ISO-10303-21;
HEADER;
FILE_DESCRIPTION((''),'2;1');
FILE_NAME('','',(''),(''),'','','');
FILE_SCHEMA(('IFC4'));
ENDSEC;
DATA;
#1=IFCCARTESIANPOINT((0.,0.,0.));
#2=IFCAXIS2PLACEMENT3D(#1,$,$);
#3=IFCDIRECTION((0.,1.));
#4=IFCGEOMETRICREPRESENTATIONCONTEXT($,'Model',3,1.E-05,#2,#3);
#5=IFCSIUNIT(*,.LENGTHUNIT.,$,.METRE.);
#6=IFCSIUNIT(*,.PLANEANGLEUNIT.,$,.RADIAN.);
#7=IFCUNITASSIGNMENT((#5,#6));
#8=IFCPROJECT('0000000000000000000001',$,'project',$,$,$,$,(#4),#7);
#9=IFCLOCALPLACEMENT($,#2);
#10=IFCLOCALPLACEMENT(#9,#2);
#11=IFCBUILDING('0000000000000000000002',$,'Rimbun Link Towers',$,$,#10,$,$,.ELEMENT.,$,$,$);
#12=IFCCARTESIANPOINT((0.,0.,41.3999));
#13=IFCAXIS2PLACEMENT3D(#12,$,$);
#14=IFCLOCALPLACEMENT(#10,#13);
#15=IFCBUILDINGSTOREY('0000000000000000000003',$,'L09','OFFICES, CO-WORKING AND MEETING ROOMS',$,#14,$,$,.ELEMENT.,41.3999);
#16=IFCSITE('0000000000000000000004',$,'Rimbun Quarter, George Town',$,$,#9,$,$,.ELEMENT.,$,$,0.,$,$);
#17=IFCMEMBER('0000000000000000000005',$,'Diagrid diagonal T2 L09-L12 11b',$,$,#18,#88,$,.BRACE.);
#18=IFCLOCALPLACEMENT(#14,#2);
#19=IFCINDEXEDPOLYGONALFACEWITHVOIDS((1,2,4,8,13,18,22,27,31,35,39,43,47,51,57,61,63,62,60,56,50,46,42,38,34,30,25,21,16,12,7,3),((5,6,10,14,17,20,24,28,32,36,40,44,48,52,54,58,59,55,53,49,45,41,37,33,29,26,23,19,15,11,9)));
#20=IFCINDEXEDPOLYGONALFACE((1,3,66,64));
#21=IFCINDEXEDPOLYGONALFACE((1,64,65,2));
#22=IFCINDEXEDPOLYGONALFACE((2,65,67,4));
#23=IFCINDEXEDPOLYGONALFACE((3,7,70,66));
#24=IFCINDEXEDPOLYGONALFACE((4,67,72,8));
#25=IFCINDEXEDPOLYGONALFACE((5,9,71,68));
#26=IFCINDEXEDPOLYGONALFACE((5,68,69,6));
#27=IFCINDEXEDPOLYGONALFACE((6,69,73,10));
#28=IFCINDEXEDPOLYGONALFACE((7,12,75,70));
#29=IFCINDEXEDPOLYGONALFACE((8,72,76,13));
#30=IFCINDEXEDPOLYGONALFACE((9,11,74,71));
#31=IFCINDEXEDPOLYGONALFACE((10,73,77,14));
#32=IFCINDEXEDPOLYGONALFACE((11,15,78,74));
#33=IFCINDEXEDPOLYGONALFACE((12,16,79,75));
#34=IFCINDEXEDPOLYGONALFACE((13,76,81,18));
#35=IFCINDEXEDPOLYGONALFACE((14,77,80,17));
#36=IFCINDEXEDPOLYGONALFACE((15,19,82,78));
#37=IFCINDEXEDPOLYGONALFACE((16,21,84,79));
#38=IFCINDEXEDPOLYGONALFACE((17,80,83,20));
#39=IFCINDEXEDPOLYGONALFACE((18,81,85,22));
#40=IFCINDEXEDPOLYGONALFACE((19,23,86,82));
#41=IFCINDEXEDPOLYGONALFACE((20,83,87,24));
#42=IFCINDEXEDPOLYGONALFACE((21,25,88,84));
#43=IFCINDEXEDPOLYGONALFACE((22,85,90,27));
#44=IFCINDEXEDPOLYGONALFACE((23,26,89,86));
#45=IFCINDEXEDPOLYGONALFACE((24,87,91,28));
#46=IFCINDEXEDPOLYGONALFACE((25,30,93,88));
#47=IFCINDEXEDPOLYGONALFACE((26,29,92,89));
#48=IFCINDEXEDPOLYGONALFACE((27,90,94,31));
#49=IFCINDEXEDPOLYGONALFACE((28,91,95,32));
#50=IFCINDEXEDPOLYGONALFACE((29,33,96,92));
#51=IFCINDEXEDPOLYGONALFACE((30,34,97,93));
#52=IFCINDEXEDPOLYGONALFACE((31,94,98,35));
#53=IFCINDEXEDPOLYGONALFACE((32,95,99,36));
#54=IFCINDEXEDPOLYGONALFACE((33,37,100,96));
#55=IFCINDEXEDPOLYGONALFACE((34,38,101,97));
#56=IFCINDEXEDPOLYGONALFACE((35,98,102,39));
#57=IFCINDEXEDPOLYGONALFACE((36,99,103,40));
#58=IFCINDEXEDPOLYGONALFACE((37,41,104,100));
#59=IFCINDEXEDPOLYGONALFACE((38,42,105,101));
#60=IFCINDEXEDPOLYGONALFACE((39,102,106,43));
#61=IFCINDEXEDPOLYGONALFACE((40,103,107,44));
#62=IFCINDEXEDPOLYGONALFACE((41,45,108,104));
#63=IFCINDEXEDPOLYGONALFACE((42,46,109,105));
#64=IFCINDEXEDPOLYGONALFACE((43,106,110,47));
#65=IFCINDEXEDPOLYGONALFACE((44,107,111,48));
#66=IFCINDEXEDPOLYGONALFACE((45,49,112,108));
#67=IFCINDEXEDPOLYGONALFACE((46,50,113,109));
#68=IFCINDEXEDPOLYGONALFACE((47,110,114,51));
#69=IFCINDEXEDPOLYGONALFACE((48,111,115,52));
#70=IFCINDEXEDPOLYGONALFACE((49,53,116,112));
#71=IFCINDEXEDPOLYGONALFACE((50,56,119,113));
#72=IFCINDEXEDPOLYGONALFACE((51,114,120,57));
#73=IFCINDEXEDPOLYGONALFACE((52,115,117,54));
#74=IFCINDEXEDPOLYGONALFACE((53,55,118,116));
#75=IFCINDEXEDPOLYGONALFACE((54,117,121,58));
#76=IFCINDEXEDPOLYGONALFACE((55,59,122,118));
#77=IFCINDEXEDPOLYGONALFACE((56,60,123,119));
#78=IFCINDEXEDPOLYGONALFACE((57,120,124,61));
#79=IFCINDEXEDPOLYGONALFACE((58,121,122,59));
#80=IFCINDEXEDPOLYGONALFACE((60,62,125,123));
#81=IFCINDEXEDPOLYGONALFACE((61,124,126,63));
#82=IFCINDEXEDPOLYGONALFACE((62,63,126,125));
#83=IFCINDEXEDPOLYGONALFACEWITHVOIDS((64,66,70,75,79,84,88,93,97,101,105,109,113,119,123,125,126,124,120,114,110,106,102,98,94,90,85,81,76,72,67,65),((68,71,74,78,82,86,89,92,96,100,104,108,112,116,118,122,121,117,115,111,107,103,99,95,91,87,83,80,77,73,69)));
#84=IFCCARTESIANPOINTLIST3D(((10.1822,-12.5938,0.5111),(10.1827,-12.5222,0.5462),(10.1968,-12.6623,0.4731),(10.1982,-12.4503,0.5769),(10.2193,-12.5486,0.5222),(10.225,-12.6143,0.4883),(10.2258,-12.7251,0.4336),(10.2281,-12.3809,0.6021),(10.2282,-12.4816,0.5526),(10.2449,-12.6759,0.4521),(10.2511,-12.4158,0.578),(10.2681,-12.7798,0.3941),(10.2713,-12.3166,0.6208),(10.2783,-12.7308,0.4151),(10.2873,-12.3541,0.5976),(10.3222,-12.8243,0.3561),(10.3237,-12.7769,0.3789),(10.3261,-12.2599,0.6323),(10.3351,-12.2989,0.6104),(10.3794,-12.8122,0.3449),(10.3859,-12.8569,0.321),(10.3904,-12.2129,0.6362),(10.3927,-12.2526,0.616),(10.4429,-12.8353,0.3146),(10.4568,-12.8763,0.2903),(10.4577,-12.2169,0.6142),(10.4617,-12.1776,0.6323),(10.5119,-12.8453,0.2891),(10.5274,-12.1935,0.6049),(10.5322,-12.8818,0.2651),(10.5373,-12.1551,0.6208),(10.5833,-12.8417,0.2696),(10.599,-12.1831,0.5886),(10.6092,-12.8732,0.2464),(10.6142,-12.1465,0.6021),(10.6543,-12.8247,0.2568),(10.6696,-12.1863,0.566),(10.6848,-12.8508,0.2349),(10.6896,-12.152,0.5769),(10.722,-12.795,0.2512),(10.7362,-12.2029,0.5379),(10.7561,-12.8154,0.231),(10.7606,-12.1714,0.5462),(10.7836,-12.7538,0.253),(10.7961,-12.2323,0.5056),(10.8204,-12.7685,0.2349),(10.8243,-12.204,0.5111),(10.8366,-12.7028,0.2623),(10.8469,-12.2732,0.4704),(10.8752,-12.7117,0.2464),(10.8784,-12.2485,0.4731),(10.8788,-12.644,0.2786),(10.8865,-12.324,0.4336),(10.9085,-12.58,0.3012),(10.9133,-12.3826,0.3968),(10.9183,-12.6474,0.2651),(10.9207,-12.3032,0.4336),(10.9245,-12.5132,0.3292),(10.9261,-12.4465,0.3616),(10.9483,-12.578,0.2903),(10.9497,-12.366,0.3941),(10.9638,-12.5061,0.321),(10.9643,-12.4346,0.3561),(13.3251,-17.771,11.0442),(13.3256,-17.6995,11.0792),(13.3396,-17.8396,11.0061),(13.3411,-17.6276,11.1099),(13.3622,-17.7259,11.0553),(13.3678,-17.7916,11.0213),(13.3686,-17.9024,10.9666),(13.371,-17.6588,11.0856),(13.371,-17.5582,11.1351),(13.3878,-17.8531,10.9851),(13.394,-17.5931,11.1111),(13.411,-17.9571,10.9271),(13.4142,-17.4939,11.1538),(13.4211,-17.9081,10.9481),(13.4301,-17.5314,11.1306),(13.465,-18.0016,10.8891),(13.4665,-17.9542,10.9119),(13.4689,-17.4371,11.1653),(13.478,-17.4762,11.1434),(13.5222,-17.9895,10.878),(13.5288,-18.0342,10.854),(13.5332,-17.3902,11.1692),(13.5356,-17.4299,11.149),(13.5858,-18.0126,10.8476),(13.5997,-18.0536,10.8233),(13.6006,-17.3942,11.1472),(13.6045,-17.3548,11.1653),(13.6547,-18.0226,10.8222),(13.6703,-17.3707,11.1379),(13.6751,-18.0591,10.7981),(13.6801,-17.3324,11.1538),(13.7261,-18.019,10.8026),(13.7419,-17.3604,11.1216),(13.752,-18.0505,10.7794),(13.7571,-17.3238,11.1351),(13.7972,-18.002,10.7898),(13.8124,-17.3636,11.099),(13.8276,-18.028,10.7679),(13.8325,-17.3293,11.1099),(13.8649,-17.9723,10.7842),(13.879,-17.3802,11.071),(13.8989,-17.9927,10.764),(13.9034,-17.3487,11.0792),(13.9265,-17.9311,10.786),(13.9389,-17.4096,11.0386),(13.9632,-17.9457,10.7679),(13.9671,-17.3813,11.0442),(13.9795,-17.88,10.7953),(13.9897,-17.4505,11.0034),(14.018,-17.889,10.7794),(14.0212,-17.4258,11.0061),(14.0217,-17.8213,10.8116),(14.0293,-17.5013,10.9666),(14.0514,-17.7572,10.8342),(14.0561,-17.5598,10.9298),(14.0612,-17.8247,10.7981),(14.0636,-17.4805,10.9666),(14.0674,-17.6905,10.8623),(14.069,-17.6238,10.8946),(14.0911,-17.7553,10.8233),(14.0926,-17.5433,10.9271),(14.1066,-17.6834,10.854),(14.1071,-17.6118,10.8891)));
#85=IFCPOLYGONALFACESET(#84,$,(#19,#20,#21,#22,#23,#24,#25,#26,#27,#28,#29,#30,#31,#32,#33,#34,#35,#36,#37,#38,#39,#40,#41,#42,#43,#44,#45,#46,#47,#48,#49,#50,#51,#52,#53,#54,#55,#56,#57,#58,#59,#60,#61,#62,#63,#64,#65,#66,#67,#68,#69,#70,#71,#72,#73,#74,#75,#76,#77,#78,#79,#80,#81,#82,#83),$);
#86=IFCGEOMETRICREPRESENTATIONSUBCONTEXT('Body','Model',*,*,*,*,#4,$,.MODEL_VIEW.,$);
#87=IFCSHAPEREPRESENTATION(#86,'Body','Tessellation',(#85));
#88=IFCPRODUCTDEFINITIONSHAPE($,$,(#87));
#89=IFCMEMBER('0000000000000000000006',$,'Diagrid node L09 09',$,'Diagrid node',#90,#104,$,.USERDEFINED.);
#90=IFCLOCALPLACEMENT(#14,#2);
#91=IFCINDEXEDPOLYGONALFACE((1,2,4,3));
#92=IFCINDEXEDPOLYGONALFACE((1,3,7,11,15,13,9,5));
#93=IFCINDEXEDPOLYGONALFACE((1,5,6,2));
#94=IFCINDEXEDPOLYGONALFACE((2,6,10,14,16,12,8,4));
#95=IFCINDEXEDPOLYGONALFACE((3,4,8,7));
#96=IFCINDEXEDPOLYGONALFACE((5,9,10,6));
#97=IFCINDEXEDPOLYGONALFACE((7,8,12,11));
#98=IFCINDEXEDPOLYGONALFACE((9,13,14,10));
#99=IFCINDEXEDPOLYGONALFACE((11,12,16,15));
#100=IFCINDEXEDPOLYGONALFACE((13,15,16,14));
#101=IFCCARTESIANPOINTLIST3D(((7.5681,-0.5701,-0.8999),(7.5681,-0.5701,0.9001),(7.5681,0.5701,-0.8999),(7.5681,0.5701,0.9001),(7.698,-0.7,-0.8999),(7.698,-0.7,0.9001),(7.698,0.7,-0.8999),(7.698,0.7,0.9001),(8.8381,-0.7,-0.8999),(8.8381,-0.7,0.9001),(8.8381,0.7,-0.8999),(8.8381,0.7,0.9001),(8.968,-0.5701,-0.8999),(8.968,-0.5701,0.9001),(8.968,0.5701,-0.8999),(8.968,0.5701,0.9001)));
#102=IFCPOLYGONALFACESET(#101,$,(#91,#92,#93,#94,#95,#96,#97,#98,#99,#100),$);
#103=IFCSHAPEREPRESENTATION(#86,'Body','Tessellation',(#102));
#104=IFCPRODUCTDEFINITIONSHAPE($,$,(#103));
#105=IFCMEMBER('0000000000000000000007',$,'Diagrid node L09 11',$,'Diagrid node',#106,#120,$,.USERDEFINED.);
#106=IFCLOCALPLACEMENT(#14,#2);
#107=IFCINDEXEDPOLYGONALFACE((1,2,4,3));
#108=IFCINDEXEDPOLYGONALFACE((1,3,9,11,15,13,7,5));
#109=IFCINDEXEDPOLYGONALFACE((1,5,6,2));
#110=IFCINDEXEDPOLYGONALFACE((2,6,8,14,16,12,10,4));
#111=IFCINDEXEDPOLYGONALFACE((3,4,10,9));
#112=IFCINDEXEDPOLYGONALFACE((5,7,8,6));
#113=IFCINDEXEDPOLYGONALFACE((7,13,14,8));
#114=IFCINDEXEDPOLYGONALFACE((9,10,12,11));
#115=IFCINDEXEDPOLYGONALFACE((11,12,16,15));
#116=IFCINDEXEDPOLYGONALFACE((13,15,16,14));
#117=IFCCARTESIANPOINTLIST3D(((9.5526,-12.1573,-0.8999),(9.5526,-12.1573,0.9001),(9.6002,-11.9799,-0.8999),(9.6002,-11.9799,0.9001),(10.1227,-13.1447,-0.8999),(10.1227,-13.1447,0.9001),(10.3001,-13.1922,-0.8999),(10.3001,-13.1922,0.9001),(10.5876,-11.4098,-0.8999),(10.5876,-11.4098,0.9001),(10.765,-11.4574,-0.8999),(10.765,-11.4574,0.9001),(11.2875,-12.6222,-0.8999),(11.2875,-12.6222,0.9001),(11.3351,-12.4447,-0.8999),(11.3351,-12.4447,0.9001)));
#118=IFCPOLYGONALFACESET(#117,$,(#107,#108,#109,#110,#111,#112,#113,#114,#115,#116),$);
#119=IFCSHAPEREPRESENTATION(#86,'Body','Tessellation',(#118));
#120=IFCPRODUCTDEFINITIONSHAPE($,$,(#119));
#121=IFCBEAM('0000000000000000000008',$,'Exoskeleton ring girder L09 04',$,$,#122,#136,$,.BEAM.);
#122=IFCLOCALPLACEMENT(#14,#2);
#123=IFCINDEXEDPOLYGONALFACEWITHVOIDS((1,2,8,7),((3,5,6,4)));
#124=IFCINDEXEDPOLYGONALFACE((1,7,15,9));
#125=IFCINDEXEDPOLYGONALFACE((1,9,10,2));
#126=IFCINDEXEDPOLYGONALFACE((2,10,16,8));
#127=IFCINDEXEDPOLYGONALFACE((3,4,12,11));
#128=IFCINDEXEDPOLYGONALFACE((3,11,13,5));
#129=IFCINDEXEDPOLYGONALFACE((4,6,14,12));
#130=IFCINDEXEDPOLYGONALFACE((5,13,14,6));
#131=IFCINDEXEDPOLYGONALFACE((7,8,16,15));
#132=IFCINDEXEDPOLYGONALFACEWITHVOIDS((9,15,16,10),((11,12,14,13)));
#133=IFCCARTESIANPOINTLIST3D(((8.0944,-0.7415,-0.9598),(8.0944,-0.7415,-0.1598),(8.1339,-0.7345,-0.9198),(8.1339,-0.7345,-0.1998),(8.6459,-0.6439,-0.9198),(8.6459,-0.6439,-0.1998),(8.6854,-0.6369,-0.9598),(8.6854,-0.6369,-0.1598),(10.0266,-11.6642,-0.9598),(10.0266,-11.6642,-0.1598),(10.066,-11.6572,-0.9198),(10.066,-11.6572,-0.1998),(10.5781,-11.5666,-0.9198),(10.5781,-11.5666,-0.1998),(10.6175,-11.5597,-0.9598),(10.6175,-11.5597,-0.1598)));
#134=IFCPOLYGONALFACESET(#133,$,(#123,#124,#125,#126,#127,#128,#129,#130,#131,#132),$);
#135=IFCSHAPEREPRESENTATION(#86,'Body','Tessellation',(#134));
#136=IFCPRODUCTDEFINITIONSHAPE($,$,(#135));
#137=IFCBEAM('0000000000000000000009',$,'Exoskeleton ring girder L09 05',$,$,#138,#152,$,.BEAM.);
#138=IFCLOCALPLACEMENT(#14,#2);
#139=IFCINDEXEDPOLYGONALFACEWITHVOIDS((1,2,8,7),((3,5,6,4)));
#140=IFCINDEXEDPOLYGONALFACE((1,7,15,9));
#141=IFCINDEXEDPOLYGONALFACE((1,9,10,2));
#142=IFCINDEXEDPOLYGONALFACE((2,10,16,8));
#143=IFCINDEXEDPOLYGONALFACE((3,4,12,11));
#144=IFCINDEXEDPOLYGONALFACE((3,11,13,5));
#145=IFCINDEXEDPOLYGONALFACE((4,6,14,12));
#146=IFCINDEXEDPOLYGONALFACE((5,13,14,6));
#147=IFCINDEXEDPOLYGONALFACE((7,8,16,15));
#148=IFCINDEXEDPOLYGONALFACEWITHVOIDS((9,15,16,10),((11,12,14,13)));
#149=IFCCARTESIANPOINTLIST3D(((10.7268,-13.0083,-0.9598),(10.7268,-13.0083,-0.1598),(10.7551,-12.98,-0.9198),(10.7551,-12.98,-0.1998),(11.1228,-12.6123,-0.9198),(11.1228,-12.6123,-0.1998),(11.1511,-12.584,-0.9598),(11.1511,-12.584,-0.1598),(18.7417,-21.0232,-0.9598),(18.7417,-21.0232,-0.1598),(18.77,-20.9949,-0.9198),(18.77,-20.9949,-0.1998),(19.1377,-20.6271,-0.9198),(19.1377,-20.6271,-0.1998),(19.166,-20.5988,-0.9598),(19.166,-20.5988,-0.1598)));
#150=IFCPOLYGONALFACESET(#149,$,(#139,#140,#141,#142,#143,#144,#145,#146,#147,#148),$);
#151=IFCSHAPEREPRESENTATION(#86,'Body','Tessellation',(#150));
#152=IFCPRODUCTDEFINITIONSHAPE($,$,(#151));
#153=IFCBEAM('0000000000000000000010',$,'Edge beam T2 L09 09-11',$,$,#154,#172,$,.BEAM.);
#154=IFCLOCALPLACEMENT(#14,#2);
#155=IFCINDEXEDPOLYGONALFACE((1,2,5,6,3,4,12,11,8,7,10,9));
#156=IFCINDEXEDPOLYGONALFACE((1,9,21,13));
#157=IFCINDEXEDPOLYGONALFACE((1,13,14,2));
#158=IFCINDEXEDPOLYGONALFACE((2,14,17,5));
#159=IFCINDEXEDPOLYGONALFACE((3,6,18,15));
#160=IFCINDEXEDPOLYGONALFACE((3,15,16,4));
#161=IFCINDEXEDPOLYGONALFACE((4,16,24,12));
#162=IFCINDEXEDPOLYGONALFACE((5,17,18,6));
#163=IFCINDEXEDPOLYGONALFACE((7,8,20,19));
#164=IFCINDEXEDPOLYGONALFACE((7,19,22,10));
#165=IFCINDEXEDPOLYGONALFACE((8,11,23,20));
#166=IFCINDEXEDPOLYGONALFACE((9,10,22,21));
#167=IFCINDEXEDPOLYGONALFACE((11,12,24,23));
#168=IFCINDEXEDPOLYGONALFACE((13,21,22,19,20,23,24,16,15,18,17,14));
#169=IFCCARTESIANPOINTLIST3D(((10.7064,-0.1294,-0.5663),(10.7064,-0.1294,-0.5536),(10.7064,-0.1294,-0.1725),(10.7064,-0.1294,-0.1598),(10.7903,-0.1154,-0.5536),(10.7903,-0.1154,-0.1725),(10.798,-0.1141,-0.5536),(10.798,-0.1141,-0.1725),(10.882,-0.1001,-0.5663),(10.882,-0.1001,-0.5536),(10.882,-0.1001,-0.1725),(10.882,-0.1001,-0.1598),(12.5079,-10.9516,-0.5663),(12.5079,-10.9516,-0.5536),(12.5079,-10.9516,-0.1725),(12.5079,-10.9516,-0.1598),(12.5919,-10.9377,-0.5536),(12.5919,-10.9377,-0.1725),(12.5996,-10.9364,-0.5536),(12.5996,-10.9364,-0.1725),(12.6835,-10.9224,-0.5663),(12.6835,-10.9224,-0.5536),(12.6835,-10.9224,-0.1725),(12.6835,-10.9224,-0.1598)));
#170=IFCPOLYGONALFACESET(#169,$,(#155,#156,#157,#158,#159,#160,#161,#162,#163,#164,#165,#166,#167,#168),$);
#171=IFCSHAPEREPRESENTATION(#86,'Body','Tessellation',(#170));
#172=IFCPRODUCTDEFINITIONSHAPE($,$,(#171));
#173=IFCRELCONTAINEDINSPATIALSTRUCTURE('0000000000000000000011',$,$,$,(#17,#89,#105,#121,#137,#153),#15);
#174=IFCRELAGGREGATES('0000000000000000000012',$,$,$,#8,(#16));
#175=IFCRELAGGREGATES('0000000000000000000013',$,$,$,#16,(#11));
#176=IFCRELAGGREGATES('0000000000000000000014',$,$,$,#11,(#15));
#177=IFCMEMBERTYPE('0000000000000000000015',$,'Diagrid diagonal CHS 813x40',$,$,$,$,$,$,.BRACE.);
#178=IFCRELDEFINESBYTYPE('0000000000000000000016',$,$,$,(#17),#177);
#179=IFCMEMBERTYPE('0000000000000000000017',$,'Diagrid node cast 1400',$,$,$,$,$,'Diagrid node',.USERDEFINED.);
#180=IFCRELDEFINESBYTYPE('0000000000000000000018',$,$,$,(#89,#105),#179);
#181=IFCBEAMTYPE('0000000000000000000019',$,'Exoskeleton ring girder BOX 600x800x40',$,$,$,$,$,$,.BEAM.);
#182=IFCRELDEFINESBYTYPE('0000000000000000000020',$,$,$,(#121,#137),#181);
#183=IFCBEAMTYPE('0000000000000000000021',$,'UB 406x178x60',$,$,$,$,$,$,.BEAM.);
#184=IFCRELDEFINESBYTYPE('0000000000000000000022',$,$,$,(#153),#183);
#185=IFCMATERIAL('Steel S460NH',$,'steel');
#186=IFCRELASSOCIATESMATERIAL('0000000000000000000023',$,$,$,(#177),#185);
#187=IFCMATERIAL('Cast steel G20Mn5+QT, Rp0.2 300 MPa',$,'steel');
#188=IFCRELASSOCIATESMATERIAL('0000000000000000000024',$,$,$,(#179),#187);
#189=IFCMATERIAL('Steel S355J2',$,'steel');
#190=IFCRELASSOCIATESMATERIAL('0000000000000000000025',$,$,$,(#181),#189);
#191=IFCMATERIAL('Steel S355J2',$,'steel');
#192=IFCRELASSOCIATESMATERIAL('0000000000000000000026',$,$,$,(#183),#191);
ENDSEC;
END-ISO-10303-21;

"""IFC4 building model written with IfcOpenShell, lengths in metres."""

from ifc_helpers import new_model, si_unit, direction, frame, origin, origin_2d, place, context, subcontext, project, spatial, polyline, hollow_rectangle, hollow_circle, i_section, outline, extrude, material, material_profile, profile_set, type_object, element, save


model = new_model("IFC4")

# Units and contexts
model_context = context("Model", 3, precision=1e-05, world=origin(), true_north=direction((0.0, 1.0)))
body_context = subcontext(model_context, "Body", "Model", "MODEL_VIEW")
ifc_project = project(units=[si_unit("LENGTHUNIT", "METRE"), si_unit("PLANEANGLEUNIT", "RADIAN")], contexts=[model_context])

# Site, building, storey
site_placement = place(None, origin())
site = spatial("IfcSite", under=ifc_project, at=site_placement, Name="Rimbun Quarter, George Town", CompositionType="ELEMENT", RefElevation=0.0)
building_placement = place(site_placement, origin())
building = spatial("IfcBuilding", under=site, at=building_placement, Name="Rimbun Link Towers", CompositionType="ELEMENT")
storey_placement = place(building_placement, frame((0.0, 0.0, 41.3999)))
storey = spatial("IfcBuildingStorey", under=building, at=storey_placement, Name="L09", Description="OFFICES, CO-WORKING AND MEETING ROOMS", CompositionType="ELEMENT", Elevation=41.3999)

# Members
ifc_material_1 = material(Name="Steel S460NH", Category="steel")
ifc_material_profile_1 = material_profile(ifc_material_1, hollow_circle(Radius=0.4065, WallThickness=0.04, at=origin_2d()), Name="Diagrid diagonal CHS 813x40")
ifc_profile_set_1 = profile_set([ifc_material_profile_1], Name="Steel S460NH")
member_type_1 = type_object("IfcMemberType", Name="Diagrid diagonal CHS 813x40", PredefinedType="BRACE", material=ifc_profile_set_1)
member_1_placement = place(storey_placement, frame((10.5732, -12.5142, 0.4336), z_axis=(0.258667, -0.426108, 0.866905), x_axis=(0.854825, 0.518917, 0.0)))
element("IfcMember", 1, at=member_1_placement, inside=storey, type_object=member_type_1, Name="Diagrid diagonal T2 L09-L12 11b", PredefinedType="BRACE", context=body_context, shape_type="SweptSolid", body=[
    extrude(hollow_circle(Radius=0.4065, WallThickness=0.04, at=origin_2d()), origin(), (0.0, 0.0, 1.0), 12.1501),
])
ifc_material_2 = material(Name="Cast steel G20Mn5+QT, Rp0.2 300 MPa", Category="steel")
ifc_material_profile_2 = material_profile(ifc_material_2, outline(polyline([(0.7, -0.5701), (0.7, 0.5701), (0.5701, 0.7), (-0.5701, 0.7), (-0.7, 0.5701), (-0.7, -0.5701), (-0.5701, -0.7), (0.5701, -0.7), (0.7, -0.5701)])), Name="NODE 1400x1400")
ifc_profile_set_2 = profile_set([ifc_material_profile_2], Name="Cast steel G20Mn5+QT, Rp0.2 300 MPa")
member_type_2 = type_object("IfcMemberType", Name="Diagrid node cast 1400", ElementType="Diagrid node", PredefinedType="USERDEFINED", material=ifc_profile_set_2)
for number, where, z_axis, x_axis, name in (
    (2, (8.2681, 0.0, -0.8999), (0.0, 0.0, 1.0), (-1.0, 0.0, 0.0), "Diagrid node L09 09"),
    (3, (10.4438, -12.301, -0.8999), (0.0, 0.0, 1.0), (-0.866025, -0.5, 0.0), "Diagrid node L09 11"),
):
    element("IfcMember", number, at=place(storey_placement, frame(where, z_axis=z_axis, x_axis=x_axis)), inside=storey, type_object=member_type_2, Name=name, ObjectType="Diagrid node", PredefinedType="USERDEFINED", context=body_context, shape_type="SweptSolid", body=[
        extrude(outline(polyline([(0.7, -0.5701), (0.7, 0.5701), (0.5701, 0.7), (-0.5701, 0.7), (-0.7, 0.5701), (-0.7, -0.5701), (-0.5701, -0.7), (0.5701, -0.7), (0.7, -0.5701)])), origin(), (0.0, 0.0, 1.0), 1.8),
    ])

# Beams
ifc_material_3 = material(Name="Steel S355J2", Category="steel")
ifc_material_profile_3 = material_profile(ifc_material_3, hollow_rectangle(XDim=0.6001, YDim=0.8, WallThickness=0.04, at=origin_2d()), Name="Exoskeleton ring girder BOX 600x800x40")
ifc_profile_set_3 = profile_set([ifc_material_profile_3], Name="Steel S355J2")
beam_type_1 = type_object("IfcBeamType", Name="Exoskeleton ring girder BOX 600x800x40", PredefinedType="BEAM", material=ifc_profile_set_3)
beam_1_placement = place(storey_placement, frame((8.3899, -0.6892, -0.5598), z_axis=(0.174188, -0.984712, 0.0), x_axis=(0.984712, 0.174188, 0.0)))
element("IfcBeam", 4, at=beam_1_placement, inside=storey, type_object=beam_type_1, Name="Exoskeleton ring girder L09 04", PredefinedType="BEAM", context=body_context, shape_type="SweptSolid", body=[
    extrude(hollow_rectangle(XDim=0.6001, YDim=0.8, WallThickness=0.04, at=origin_2d()), origin(), (0.0, 0.0, 1.0), 11.0923),
])
beam_2_placement = place(storey_placement, frame((10.939, -12.7961, -0.5598), z_axis=(0.707107, -0.707107, 0.0), x_axis=(0.707107, 0.707107, 0.0)))
element("IfcBeam", 5, at=beam_2_placement, inside=storey, type_object=beam_type_1, Name="Exoskeleton ring girder L09 05", PredefinedType="BEAM", context=body_context, shape_type="SweptSolid", body=[
    extrude(hollow_rectangle(XDim=0.6001, YDim=0.8, WallThickness=0.04, at=origin_2d()), origin(), (0.0, 0.0, 1.0), 11.3347),
])
ifc_material_4 = material(Name="Steel S355J2", Category="steel")
ifc_material_profile_4 = material_profile(ifc_material_4, i_section(OverallWidth=0.178, OverallDepth=0.4065, WebThickness=0.0078, FlangeThickness=0.0127, at=origin_2d()), Name="UB 406x178x60")
ifc_profile_set_4 = profile_set([ifc_material_profile_4], Name="Steel S355J2")
beam_type_2 = type_object("IfcBeamType", Name="UB 406x178x60", PredefinedType="BEAM", material=ifc_profile_set_4)
beam_3_placement = place(storey_placement, frame((10.7942, -0.1147, -0.363), z_axis=(0.164204, -0.986426, 0.0), x_axis=(0.986426, 0.164204, 0.0)))
element("IfcBeam", 6, at=beam_3_placement, inside=storey, type_object=beam_type_2, Name="Edge beam T2 L09 09-11", PredefinedType="BEAM", context=body_context, shape_type="SweptSolid", body=[
    extrude(i_section(OverallWidth=0.178, OverallDepth=0.4065, WebThickness=0.0078, FlangeThickness=0.0127, at=origin_2d()), origin(), (0.0, 0.0, 1.0), 10.9712),
])

save(model, "model.ifc")
